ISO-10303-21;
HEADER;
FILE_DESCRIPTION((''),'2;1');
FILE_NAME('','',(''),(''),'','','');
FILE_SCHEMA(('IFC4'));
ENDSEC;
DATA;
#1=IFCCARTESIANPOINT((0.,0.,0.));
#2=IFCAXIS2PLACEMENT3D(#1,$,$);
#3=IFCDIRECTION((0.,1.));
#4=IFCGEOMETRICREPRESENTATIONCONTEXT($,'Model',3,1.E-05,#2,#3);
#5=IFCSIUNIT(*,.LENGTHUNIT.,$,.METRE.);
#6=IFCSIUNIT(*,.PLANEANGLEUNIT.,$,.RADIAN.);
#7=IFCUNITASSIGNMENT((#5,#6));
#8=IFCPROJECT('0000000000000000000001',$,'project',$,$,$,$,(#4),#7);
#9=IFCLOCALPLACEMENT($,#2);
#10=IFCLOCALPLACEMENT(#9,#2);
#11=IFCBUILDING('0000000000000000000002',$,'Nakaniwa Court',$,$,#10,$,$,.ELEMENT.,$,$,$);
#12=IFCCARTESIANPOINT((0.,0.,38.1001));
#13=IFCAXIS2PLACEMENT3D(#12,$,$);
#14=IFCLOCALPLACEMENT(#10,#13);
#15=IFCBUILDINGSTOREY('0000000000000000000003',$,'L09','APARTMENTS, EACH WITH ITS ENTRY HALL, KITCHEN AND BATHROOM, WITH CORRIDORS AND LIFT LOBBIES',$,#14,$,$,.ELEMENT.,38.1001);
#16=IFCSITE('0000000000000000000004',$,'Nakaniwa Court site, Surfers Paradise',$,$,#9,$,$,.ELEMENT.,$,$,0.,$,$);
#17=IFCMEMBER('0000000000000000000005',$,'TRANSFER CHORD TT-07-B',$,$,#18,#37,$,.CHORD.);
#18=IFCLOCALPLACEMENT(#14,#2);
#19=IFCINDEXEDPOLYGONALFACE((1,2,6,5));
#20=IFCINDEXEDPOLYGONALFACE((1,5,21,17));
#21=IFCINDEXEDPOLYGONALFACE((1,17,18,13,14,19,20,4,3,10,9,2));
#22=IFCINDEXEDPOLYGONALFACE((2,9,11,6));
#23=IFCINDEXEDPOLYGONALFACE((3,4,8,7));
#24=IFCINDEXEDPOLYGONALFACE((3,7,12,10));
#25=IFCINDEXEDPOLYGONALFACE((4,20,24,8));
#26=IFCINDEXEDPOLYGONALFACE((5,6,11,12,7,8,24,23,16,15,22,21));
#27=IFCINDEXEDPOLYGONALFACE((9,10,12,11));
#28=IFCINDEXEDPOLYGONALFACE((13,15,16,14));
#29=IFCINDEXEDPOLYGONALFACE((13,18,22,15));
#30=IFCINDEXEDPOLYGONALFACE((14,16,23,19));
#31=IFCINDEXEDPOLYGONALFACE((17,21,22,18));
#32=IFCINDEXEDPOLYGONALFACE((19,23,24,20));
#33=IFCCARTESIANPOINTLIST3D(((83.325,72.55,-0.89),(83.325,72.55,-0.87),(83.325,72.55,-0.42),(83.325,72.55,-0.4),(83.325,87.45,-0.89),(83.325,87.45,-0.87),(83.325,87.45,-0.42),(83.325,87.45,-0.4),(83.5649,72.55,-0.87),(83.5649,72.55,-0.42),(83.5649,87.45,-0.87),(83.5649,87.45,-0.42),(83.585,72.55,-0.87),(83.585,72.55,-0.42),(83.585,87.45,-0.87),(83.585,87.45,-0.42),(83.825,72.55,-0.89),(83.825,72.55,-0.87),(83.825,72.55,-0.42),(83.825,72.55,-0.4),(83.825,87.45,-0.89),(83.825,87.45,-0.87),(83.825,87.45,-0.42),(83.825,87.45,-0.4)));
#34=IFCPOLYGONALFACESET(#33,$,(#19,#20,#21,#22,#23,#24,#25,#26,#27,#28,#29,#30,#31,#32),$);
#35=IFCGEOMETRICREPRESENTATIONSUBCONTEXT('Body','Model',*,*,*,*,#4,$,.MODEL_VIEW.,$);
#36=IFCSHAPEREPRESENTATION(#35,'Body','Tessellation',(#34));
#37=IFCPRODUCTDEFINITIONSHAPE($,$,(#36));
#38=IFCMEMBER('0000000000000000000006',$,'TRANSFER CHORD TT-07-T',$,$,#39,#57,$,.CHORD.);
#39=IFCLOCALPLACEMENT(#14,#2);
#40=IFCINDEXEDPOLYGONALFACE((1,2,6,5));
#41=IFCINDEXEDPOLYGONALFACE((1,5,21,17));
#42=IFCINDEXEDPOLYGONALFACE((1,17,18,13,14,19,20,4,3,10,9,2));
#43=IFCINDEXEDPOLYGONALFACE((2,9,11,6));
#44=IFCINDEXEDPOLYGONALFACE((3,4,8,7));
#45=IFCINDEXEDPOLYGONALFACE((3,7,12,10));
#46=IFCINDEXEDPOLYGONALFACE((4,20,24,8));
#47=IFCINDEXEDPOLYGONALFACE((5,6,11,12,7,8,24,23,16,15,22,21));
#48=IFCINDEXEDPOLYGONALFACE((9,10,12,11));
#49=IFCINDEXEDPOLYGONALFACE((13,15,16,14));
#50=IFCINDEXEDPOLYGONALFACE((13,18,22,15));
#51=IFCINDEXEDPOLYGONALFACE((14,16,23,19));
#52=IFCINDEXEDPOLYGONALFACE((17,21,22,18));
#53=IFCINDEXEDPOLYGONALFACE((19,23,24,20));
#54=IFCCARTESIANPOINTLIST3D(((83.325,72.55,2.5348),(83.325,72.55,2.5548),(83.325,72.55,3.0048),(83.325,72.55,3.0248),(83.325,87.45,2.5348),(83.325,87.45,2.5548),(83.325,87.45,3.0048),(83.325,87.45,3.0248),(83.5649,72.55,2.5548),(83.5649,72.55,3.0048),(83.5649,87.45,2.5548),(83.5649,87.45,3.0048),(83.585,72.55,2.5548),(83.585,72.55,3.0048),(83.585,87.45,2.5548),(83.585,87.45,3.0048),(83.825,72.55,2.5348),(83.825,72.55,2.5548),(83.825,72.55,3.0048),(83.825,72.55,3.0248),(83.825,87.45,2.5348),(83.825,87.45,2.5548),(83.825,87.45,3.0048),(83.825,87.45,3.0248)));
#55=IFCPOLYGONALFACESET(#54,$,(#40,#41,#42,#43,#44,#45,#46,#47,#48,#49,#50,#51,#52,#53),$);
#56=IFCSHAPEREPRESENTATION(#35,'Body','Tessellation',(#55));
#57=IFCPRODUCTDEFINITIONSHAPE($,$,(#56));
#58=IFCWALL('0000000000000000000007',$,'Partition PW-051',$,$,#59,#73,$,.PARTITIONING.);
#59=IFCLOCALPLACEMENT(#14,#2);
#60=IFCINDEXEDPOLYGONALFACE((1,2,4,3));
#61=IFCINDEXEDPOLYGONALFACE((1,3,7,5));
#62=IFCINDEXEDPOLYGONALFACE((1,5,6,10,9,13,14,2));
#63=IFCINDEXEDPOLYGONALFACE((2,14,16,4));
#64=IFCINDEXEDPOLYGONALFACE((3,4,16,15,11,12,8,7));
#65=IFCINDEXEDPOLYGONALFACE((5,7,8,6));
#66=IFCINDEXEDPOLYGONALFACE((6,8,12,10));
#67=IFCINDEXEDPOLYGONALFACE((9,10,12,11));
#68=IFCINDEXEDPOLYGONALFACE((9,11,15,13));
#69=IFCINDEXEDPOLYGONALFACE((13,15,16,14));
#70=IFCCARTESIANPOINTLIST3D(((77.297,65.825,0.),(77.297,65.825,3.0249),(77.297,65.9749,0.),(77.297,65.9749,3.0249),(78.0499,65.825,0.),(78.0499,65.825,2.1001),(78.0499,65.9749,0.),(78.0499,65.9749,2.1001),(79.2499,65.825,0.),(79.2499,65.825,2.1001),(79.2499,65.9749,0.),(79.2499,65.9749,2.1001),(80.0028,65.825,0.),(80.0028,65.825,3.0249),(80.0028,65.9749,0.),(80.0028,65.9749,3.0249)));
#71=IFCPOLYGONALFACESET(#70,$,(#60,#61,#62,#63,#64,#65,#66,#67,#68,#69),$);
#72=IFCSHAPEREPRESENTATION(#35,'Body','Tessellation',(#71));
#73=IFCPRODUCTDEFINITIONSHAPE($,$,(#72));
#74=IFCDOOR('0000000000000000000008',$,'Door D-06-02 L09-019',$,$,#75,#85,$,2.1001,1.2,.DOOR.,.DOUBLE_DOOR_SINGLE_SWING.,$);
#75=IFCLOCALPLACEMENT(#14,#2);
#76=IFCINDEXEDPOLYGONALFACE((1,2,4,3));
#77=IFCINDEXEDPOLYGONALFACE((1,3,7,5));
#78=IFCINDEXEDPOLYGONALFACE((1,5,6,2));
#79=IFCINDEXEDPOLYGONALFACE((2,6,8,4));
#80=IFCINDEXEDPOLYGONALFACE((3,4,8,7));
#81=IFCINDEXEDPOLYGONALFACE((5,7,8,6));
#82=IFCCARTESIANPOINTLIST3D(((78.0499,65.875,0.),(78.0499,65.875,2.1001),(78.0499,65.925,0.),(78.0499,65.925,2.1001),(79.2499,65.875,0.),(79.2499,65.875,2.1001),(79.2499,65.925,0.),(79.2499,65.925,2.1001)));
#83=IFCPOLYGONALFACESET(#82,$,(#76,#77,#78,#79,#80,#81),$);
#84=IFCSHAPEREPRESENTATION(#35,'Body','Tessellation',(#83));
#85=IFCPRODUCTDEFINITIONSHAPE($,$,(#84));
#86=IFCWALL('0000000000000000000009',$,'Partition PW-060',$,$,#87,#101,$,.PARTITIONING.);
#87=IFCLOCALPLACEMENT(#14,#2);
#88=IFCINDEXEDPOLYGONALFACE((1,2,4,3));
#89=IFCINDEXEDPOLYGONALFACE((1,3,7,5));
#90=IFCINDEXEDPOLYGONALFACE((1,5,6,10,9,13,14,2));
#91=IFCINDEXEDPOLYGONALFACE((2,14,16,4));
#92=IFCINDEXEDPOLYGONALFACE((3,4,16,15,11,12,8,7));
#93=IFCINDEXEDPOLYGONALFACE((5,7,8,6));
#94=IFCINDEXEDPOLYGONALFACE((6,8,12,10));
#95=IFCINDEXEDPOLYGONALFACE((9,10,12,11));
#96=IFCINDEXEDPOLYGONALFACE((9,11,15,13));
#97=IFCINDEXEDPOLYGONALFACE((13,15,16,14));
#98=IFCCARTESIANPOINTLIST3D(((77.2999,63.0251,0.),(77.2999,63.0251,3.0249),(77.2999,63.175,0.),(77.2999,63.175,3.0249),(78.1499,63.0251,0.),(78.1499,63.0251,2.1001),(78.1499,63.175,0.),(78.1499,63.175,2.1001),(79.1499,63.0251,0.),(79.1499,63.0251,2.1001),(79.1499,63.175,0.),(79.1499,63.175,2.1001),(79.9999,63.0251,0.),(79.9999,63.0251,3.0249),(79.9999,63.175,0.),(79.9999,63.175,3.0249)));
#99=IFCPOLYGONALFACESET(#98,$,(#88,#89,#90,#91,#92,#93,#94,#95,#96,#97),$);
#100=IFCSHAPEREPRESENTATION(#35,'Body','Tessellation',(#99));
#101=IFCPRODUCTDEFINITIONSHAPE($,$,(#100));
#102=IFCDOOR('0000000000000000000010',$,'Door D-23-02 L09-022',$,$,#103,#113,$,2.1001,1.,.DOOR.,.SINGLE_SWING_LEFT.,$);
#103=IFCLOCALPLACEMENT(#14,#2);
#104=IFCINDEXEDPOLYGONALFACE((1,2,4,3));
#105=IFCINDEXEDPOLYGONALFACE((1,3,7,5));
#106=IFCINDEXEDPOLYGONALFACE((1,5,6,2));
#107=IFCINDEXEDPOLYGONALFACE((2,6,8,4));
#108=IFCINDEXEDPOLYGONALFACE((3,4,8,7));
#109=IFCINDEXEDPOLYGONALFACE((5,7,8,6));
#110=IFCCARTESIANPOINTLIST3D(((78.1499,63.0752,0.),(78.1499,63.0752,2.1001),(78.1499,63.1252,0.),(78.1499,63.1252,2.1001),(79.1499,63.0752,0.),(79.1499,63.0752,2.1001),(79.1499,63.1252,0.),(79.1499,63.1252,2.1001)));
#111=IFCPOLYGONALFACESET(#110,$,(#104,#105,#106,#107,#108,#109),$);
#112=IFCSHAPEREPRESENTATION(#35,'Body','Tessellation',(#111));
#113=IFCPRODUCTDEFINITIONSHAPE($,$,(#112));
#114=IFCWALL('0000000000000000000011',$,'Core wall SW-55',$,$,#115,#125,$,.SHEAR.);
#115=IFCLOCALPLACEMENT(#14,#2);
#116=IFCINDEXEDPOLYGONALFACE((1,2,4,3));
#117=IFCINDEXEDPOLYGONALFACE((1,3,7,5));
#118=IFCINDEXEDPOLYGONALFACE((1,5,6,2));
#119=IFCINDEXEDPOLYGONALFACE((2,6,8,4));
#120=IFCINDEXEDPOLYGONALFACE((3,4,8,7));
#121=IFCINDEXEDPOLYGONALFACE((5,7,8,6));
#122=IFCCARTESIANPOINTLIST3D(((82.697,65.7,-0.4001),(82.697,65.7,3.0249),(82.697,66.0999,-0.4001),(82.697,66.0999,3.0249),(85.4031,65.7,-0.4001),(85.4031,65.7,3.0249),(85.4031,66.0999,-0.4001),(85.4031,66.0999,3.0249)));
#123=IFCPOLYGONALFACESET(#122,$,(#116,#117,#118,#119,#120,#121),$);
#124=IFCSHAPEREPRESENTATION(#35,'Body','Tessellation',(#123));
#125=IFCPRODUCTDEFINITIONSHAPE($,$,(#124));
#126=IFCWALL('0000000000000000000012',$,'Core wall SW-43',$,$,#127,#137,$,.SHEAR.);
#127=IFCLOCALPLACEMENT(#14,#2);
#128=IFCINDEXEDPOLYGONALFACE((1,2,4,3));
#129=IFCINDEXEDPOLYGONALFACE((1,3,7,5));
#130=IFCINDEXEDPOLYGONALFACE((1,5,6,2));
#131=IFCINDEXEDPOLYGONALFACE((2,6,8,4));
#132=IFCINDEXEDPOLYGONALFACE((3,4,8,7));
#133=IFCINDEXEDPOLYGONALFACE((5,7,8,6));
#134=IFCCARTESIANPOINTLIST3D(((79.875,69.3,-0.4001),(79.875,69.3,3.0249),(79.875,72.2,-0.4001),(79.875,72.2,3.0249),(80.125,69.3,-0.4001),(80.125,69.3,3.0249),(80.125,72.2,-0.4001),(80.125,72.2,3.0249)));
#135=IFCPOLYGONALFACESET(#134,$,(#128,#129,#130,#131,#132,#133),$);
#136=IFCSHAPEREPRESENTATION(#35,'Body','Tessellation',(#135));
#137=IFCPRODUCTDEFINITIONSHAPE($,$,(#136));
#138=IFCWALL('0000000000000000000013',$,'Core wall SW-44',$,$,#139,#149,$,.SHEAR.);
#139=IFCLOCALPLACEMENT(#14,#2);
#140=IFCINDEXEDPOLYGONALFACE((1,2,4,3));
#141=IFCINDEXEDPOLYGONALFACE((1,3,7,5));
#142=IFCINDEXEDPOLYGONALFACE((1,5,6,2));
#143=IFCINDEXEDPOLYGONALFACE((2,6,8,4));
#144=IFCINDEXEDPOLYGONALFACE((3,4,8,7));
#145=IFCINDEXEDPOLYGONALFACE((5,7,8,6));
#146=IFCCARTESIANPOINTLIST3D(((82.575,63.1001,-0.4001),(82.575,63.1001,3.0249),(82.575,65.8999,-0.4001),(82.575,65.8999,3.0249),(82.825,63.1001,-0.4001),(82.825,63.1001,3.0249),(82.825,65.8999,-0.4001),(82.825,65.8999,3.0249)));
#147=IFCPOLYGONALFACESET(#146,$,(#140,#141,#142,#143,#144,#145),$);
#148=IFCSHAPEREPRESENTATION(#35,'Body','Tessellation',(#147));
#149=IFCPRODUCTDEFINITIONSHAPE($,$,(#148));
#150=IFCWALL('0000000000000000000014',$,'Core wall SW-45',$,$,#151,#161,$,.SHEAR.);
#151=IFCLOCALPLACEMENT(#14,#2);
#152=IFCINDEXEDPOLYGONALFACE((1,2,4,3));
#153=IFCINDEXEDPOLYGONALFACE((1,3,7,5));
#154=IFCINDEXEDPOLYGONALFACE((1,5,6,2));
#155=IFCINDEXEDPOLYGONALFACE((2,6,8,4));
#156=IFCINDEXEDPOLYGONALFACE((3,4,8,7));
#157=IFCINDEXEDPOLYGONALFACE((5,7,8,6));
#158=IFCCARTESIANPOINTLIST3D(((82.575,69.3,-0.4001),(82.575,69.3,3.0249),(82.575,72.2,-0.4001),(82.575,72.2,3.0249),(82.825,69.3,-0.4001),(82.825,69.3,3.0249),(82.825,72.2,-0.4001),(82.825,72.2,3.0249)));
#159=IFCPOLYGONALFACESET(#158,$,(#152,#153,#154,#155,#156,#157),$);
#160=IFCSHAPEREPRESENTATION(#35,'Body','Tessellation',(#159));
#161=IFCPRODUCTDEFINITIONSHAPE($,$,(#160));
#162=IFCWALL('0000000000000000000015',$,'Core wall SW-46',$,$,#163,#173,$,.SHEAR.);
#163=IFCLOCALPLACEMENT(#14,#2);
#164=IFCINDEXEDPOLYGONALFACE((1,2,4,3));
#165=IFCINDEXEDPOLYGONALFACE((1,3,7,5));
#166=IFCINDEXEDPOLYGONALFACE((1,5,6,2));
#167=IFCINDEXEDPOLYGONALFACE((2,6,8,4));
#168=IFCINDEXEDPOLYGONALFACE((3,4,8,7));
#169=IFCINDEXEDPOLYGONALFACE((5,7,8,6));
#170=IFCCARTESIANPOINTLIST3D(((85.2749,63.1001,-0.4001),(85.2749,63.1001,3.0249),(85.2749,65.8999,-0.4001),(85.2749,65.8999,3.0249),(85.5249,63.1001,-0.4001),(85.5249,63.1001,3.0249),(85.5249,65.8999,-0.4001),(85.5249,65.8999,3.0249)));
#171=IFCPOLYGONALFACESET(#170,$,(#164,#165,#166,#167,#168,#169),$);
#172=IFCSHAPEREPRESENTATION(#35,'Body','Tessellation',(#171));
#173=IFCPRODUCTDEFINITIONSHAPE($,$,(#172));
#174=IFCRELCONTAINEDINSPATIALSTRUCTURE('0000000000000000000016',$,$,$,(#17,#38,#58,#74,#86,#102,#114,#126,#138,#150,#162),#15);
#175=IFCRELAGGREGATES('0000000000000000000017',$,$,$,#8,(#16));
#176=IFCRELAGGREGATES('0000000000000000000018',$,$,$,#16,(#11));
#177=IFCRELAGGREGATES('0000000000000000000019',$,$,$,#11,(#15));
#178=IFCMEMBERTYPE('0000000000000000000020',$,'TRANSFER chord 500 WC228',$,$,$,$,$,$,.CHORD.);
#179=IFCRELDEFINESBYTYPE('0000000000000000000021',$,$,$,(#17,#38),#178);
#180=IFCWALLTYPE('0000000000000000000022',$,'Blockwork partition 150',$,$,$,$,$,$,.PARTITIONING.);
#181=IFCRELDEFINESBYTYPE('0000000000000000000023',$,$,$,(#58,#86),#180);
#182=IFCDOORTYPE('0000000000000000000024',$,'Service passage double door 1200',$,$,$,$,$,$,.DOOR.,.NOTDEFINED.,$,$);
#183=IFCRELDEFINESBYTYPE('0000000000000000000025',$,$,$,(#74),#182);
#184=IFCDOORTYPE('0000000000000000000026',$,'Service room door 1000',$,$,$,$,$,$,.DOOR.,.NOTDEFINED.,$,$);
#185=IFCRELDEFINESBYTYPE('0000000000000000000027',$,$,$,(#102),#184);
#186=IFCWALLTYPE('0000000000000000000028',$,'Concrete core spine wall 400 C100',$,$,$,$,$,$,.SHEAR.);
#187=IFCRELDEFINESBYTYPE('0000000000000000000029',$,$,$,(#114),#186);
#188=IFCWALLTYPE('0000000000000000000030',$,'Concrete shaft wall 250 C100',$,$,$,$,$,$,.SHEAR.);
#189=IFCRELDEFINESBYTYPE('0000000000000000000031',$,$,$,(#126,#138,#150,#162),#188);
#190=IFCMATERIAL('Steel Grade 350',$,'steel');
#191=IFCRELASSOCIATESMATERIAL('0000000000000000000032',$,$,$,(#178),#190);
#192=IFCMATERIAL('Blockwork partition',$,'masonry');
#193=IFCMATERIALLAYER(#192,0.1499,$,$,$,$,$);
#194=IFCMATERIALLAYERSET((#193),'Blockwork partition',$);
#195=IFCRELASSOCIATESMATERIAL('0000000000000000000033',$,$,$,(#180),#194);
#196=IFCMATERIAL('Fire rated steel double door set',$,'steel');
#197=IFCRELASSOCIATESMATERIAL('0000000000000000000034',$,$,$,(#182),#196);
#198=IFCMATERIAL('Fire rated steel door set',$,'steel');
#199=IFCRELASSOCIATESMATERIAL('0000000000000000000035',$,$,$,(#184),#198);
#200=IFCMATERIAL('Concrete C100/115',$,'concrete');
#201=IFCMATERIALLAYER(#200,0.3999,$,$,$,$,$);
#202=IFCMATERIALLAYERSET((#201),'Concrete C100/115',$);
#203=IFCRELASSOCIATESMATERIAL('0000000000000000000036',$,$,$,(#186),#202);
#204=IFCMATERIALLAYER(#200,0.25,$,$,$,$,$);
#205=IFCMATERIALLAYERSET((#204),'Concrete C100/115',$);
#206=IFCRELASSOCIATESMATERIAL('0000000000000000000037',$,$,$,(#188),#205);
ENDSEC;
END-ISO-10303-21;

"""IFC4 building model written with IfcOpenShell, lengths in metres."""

from ifc_helpers import new_model, si_unit, direction, frame, frame_2d, origin, origin_2d, place, context, subcontext, project, spatial, rectangle, i_section, extrude, material, layer, layer_set, material_profile, profile_set, type_object, element, fill, save


model = new_model("IFC4")

# Units and contexts
model_context = context("Model", 3, precision=1e-05, world=origin(), true_north=direction((0.0, 1.0)))
body_context = subcontext(model_context, "Body", "Model", "MODEL_VIEW")
ifc_project = project(units=[si_unit("LENGTHUNIT", "METRE"), si_unit("PLANEANGLEUNIT", "RADIAN")], contexts=[model_context])

# Site, building, storey
site_placement = place(None, origin())
site = spatial("IfcSite", under=ifc_project, at=site_placement, Name="Nakaniwa Court site, Surfers Paradise", CompositionType="ELEMENT", RefElevation=0.0)
building_placement = place(site_placement, origin())
building = spatial("IfcBuilding", under=site, at=building_placement, Name="Nakaniwa Court", CompositionType="ELEMENT")
storey_placement = place(building_placement, frame((0.0, 0.0, 38.1001)))
storey = spatial("IfcBuildingStorey", under=building, at=storey_placement, Name="L09", Description="APARTMENTS, EACH WITH ITS ENTRY HALL, KITCHEN AND BATHROOM, WITH CORRIDORS AND LIFT LOBBIES", CompositionType="ELEMENT", Elevation=38.1001)

# Members
ifc_material_1 = material(Name="Steel Grade 350", Category="steel")
ifc_material_profile = material_profile(ifc_material_1, i_section(OverallWidth=0.5, OverallDepth=0.49, WebThickness=0.02, FlangeThickness=0.02, at=origin_2d()), Name="500WC228")
ifc_profile_set = profile_set([ifc_material_profile], Name="Steel Grade 350")
member_type = type_object("IfcMemberType", Name="TRANSFER chord 500 WC228", PredefinedType="CHORD", material=ifc_profile_set)
for number, where, z_axis, x_axis, name in (
    (1, (83.575, 72.55, -0.645), (0.0, 1.0, 0.0), (-1.0, 0.0, 0.0), "TRANSFER CHORD TT-07-B"),
    (2, (83.575, 72.55, 2.7798), (0.0, 1.0, 0.0), (-1.0, 0.0, 0.0), "TRANSFER CHORD TT-07-T"),
):
    element("IfcMember", number, at=place(storey_placement, frame(where, z_axis=z_axis, x_axis=x_axis)), inside=storey, type_object=member_type, Name=name, PredefinedType="CHORD", context=body_context, shape_type="SweptSolid", body=[
        extrude(i_section(OverallWidth=0.5, OverallDepth=0.49, WebThickness=0.02, FlangeThickness=0.02, at=origin_2d()), origin(), (0.0, 0.0, 1.0), 14.8999),
    ])

# Walls, openings, doors
ifc_material_2 = material(Name="Blockwork partition", Category="masonry")
ifc_layer_1 = layer(ifc_material_2, 0.1499)
ifc_layer_set_1 = layer_set([ifc_layer_1], Name="Blockwork partition")
wall_type_1 = type_object("IfcWallType", Name="Blockwork partition 150", PredefinedType="PARTITIONING", material=ifc_layer_set_1)
wall_1_placement = place(storey_placement, frame((80.0029, 65.8999, 0.0), z_axis=(0.0, 0.0, 1.0), x_axis=(-1.0, 0.0, 0.0)))
wall_1 = element("IfcWall", 3, at=wall_1_placement, inside=storey, type_object=wall_type_1, Name="Partition PW-051", PredefinedType="PARTITIONING", context=body_context, shape_type="SweptSolid", body=[
    extrude(rectangle(XDim=2.7058, YDim=0.1499, at=frame_2d((1.353, 0.0))), origin(), (0.0, 0.0, 1.0), 3.0249),
])
opening_1_placement = place(wall_1_placement, frame((0.7529, 0.0, 0.0)))
opening_1 = element("IfcOpeningElement", 4, at=opening_1_placement, cuts=wall_1, PredefinedType="OPENING", context=body_context, shape_type="SweptSolid", body=[
    extrude(rectangle(XDim=1.2, YDim=2.1001, at=frame_2d((0.6001, 1.05))), frame((0.0, 0.085, 0.0), z_axis=(0.0, -1.0, 0.0), x_axis=(1.0, 0.0, 0.0)), (0.0, 0.0, 1.0), 0.1699),
])
ifc_material_3 = material(Name="Fire rated steel double door set", Category="steel")
door_type_1 = type_object("IfcDoorType", Name="Service passage double door 1200", OperationType="NOTDEFINED", PredefinedType="DOOR", material=ifc_material_3)
door_1_placement = place(opening_1_placement, origin())
door_1 = element("IfcDoor", 5, at=door_1_placement, inside=storey, type_object=door_type_1, Name="Door D-06-02 L09-019", OperationType="DOUBLE_DOOR_SINGLE_SWING", OverallHeight=2.1001, OverallWidth=1.2, PredefinedType="DOOR", context=body_context, shape_type="SweptSolid", body=[
    extrude(rectangle(XDim=1.2, YDim=2.1001, at=frame_2d((0.6001, 1.05))), frame((0.0, 0.0249, 0.0), z_axis=(0.0, -1.0, 0.0), x_axis=(1.0, 0.0, 0.0)), (0.0, 0.0, 1.0), 0.05),
])
fill(opening_1, door_1)
wall_2_placement = place(storey_placement, frame((80.0, 63.1001, 0.0), z_axis=(0.0, 0.0, 1.0), x_axis=(-1.0, 0.0, 0.0)))
wall_2 = element("IfcWall", 6, at=wall_2_placement, inside=storey, type_object=wall_type_1, Name="Partition PW-060", PredefinedType="PARTITIONING", context=body_context, shape_type="SweptSolid", body=[
    extrude(rectangle(XDim=2.7, YDim=0.1499, at=frame_2d((1.3501, 0.0))), origin(), (0.0, 0.0, 1.0), 3.0249),
])
opening_2_placement = place(wall_2_placement, frame((0.8501, 0.0, 0.0)))
opening_2 = element("IfcOpeningElement", 7, at=opening_2_placement, cuts=wall_2, PredefinedType="OPENING", context=body_context, shape_type="SweptSolid", body=[
    extrude(rectangle(XDim=1.0, YDim=2.1001, at=frame_2d((0.5, 1.05))), frame((0.0, 0.085, 0.0), z_axis=(0.0, -1.0, 0.0), x_axis=(1.0, 0.0, 0.0)), (0.0, 0.0, 1.0), 0.1699),
])
ifc_material_4 = material(Name="Fire rated steel door set", Category="steel")
door_type_2 = type_object("IfcDoorType", Name="Service room door 1000", OperationType="NOTDEFINED", PredefinedType="DOOR", material=ifc_material_4)
door_2_placement = place(opening_2_placement, origin())
door_2 = element("IfcDoor", 8, at=door_2_placement, inside=storey, type_object=door_type_2, Name="Door D-23-02 L09-022", OperationType="SINGLE_SWING_LEFT", OverallHeight=2.1001, OverallWidth=1.0, PredefinedType="DOOR", context=body_context, shape_type="SweptSolid", body=[
    extrude(rectangle(XDim=1.0, YDim=2.1001, at=frame_2d((0.5, 1.05))), frame((0.0, 0.0249, 0.0), z_axis=(0.0, -1.0, 0.0), x_axis=(1.0, 0.0, 0.0)), (0.0, 0.0, 1.0), 0.05),
])
fill(opening_2, door_2)

# Walls
ifc_material_5 = material(Name="Concrete C100/115", Category="concrete")
ifc_layer_2 = layer(ifc_material_5, 0.3999)
ifc_layer_set_2 = layer_set([ifc_layer_2], Name="Concrete C100/115")
wall_type_2 = type_object("IfcWallType", Name="Concrete core spine wall 400 C100", PredefinedType="SHEAR", material=ifc_layer_set_2)
wall_3_placement = place(storey_placement, frame((82.697, 65.8999, -0.4001), z_axis=(0.0, 0.0, 1.0), x_axis=(1.0, 0.0, 0.0)))
element("IfcWall", 9, at=wall_3_placement, inside=storey, type_object=wall_type_2, Name="Core wall SW-55", PredefinedType="SHEAR", context=body_context, shape_type="SweptSolid", body=[
    extrude(rectangle(XDim=2.7061, YDim=0.3999, at=frame_2d((1.353, 0.0))), origin(), (0.0, 0.0, 1.0), 3.425),
])
ifc_layer_3 = layer(ifc_material_5, 0.25)
ifc_layer_set_3 = layer_set([ifc_layer_3], Name="Concrete C100/115")
wall_type_3 = type_object("IfcWallType", Name="Concrete shaft wall 250 C100", PredefinedType="SHEAR", material=ifc_layer_set_3)
wall_4_placement = place(storey_placement, frame((80.0, 69.3, -0.4001), z_axis=(0.0, 0.0, 1.0), x_axis=(0.0, 1.0, 0.0)))
element("IfcWall", 10, at=wall_4_placement, inside=storey, type_object=wall_type_3, Name="Core wall SW-43", PredefinedType="SHEAR", context=body_context, shape_type="SweptSolid", body=[
    extrude(rectangle(XDim=2.8999, YDim=0.25, at=frame_2d((1.45, 0.0))), origin(), (0.0, 0.0, 1.0), 3.425),
])
wall_5_placement = place(storey_placement, frame((82.7, 63.1001, -0.4001), z_axis=(0.0, 0.0, 1.0), x_axis=(0.0, 1.0, 0.0)))
element("IfcWall", 11, at=wall_5_placement, inside=storey, type_object=wall_type_3, Name="Core wall SW-44", PredefinedType="SHEAR", context=body_context, shape_type="SweptSolid", body=[
    extrude(rectangle(XDim=2.7998, YDim=0.25, at=frame_2d((1.3999, 0.0))), origin(), (0.0, 0.0, 1.0), 3.425),
])
wall_6_placement = place(storey_placement, frame((82.7, 69.3, -0.4001), z_axis=(0.0, 0.0, 1.0), x_axis=(0.0, 1.0, 0.0)))
element("IfcWall", 12, at=wall_6_placement, inside=storey, type_object=wall_type_3, Name="Core wall SW-45", PredefinedType="SHEAR", context=body_context, shape_type="SweptSolid", body=[
    extrude(rectangle(XDim=2.8999, YDim=0.25, at=frame_2d((1.45, 0.0))), origin(), (0.0, 0.0, 1.0), 3.425),
])
wall_7_placement = place(storey_placement, frame((85.3999, 63.1001, -0.4001), z_axis=(0.0, 0.0, 1.0), x_axis=(0.0, 1.0, 0.0)))
element("IfcWall", 13, at=wall_7_placement, inside=storey, type_object=wall_type_3, Name="Core wall SW-46", PredefinedType="SHEAR", context=body_context, shape_type="SweptSolid", body=[
    extrude(rectangle(XDim=2.7998, YDim=0.25, at=frame_2d((1.3999, 0.0))), origin(), (0.0, 0.0, 1.0), 3.425),
])

save(model, "model.ifc")
